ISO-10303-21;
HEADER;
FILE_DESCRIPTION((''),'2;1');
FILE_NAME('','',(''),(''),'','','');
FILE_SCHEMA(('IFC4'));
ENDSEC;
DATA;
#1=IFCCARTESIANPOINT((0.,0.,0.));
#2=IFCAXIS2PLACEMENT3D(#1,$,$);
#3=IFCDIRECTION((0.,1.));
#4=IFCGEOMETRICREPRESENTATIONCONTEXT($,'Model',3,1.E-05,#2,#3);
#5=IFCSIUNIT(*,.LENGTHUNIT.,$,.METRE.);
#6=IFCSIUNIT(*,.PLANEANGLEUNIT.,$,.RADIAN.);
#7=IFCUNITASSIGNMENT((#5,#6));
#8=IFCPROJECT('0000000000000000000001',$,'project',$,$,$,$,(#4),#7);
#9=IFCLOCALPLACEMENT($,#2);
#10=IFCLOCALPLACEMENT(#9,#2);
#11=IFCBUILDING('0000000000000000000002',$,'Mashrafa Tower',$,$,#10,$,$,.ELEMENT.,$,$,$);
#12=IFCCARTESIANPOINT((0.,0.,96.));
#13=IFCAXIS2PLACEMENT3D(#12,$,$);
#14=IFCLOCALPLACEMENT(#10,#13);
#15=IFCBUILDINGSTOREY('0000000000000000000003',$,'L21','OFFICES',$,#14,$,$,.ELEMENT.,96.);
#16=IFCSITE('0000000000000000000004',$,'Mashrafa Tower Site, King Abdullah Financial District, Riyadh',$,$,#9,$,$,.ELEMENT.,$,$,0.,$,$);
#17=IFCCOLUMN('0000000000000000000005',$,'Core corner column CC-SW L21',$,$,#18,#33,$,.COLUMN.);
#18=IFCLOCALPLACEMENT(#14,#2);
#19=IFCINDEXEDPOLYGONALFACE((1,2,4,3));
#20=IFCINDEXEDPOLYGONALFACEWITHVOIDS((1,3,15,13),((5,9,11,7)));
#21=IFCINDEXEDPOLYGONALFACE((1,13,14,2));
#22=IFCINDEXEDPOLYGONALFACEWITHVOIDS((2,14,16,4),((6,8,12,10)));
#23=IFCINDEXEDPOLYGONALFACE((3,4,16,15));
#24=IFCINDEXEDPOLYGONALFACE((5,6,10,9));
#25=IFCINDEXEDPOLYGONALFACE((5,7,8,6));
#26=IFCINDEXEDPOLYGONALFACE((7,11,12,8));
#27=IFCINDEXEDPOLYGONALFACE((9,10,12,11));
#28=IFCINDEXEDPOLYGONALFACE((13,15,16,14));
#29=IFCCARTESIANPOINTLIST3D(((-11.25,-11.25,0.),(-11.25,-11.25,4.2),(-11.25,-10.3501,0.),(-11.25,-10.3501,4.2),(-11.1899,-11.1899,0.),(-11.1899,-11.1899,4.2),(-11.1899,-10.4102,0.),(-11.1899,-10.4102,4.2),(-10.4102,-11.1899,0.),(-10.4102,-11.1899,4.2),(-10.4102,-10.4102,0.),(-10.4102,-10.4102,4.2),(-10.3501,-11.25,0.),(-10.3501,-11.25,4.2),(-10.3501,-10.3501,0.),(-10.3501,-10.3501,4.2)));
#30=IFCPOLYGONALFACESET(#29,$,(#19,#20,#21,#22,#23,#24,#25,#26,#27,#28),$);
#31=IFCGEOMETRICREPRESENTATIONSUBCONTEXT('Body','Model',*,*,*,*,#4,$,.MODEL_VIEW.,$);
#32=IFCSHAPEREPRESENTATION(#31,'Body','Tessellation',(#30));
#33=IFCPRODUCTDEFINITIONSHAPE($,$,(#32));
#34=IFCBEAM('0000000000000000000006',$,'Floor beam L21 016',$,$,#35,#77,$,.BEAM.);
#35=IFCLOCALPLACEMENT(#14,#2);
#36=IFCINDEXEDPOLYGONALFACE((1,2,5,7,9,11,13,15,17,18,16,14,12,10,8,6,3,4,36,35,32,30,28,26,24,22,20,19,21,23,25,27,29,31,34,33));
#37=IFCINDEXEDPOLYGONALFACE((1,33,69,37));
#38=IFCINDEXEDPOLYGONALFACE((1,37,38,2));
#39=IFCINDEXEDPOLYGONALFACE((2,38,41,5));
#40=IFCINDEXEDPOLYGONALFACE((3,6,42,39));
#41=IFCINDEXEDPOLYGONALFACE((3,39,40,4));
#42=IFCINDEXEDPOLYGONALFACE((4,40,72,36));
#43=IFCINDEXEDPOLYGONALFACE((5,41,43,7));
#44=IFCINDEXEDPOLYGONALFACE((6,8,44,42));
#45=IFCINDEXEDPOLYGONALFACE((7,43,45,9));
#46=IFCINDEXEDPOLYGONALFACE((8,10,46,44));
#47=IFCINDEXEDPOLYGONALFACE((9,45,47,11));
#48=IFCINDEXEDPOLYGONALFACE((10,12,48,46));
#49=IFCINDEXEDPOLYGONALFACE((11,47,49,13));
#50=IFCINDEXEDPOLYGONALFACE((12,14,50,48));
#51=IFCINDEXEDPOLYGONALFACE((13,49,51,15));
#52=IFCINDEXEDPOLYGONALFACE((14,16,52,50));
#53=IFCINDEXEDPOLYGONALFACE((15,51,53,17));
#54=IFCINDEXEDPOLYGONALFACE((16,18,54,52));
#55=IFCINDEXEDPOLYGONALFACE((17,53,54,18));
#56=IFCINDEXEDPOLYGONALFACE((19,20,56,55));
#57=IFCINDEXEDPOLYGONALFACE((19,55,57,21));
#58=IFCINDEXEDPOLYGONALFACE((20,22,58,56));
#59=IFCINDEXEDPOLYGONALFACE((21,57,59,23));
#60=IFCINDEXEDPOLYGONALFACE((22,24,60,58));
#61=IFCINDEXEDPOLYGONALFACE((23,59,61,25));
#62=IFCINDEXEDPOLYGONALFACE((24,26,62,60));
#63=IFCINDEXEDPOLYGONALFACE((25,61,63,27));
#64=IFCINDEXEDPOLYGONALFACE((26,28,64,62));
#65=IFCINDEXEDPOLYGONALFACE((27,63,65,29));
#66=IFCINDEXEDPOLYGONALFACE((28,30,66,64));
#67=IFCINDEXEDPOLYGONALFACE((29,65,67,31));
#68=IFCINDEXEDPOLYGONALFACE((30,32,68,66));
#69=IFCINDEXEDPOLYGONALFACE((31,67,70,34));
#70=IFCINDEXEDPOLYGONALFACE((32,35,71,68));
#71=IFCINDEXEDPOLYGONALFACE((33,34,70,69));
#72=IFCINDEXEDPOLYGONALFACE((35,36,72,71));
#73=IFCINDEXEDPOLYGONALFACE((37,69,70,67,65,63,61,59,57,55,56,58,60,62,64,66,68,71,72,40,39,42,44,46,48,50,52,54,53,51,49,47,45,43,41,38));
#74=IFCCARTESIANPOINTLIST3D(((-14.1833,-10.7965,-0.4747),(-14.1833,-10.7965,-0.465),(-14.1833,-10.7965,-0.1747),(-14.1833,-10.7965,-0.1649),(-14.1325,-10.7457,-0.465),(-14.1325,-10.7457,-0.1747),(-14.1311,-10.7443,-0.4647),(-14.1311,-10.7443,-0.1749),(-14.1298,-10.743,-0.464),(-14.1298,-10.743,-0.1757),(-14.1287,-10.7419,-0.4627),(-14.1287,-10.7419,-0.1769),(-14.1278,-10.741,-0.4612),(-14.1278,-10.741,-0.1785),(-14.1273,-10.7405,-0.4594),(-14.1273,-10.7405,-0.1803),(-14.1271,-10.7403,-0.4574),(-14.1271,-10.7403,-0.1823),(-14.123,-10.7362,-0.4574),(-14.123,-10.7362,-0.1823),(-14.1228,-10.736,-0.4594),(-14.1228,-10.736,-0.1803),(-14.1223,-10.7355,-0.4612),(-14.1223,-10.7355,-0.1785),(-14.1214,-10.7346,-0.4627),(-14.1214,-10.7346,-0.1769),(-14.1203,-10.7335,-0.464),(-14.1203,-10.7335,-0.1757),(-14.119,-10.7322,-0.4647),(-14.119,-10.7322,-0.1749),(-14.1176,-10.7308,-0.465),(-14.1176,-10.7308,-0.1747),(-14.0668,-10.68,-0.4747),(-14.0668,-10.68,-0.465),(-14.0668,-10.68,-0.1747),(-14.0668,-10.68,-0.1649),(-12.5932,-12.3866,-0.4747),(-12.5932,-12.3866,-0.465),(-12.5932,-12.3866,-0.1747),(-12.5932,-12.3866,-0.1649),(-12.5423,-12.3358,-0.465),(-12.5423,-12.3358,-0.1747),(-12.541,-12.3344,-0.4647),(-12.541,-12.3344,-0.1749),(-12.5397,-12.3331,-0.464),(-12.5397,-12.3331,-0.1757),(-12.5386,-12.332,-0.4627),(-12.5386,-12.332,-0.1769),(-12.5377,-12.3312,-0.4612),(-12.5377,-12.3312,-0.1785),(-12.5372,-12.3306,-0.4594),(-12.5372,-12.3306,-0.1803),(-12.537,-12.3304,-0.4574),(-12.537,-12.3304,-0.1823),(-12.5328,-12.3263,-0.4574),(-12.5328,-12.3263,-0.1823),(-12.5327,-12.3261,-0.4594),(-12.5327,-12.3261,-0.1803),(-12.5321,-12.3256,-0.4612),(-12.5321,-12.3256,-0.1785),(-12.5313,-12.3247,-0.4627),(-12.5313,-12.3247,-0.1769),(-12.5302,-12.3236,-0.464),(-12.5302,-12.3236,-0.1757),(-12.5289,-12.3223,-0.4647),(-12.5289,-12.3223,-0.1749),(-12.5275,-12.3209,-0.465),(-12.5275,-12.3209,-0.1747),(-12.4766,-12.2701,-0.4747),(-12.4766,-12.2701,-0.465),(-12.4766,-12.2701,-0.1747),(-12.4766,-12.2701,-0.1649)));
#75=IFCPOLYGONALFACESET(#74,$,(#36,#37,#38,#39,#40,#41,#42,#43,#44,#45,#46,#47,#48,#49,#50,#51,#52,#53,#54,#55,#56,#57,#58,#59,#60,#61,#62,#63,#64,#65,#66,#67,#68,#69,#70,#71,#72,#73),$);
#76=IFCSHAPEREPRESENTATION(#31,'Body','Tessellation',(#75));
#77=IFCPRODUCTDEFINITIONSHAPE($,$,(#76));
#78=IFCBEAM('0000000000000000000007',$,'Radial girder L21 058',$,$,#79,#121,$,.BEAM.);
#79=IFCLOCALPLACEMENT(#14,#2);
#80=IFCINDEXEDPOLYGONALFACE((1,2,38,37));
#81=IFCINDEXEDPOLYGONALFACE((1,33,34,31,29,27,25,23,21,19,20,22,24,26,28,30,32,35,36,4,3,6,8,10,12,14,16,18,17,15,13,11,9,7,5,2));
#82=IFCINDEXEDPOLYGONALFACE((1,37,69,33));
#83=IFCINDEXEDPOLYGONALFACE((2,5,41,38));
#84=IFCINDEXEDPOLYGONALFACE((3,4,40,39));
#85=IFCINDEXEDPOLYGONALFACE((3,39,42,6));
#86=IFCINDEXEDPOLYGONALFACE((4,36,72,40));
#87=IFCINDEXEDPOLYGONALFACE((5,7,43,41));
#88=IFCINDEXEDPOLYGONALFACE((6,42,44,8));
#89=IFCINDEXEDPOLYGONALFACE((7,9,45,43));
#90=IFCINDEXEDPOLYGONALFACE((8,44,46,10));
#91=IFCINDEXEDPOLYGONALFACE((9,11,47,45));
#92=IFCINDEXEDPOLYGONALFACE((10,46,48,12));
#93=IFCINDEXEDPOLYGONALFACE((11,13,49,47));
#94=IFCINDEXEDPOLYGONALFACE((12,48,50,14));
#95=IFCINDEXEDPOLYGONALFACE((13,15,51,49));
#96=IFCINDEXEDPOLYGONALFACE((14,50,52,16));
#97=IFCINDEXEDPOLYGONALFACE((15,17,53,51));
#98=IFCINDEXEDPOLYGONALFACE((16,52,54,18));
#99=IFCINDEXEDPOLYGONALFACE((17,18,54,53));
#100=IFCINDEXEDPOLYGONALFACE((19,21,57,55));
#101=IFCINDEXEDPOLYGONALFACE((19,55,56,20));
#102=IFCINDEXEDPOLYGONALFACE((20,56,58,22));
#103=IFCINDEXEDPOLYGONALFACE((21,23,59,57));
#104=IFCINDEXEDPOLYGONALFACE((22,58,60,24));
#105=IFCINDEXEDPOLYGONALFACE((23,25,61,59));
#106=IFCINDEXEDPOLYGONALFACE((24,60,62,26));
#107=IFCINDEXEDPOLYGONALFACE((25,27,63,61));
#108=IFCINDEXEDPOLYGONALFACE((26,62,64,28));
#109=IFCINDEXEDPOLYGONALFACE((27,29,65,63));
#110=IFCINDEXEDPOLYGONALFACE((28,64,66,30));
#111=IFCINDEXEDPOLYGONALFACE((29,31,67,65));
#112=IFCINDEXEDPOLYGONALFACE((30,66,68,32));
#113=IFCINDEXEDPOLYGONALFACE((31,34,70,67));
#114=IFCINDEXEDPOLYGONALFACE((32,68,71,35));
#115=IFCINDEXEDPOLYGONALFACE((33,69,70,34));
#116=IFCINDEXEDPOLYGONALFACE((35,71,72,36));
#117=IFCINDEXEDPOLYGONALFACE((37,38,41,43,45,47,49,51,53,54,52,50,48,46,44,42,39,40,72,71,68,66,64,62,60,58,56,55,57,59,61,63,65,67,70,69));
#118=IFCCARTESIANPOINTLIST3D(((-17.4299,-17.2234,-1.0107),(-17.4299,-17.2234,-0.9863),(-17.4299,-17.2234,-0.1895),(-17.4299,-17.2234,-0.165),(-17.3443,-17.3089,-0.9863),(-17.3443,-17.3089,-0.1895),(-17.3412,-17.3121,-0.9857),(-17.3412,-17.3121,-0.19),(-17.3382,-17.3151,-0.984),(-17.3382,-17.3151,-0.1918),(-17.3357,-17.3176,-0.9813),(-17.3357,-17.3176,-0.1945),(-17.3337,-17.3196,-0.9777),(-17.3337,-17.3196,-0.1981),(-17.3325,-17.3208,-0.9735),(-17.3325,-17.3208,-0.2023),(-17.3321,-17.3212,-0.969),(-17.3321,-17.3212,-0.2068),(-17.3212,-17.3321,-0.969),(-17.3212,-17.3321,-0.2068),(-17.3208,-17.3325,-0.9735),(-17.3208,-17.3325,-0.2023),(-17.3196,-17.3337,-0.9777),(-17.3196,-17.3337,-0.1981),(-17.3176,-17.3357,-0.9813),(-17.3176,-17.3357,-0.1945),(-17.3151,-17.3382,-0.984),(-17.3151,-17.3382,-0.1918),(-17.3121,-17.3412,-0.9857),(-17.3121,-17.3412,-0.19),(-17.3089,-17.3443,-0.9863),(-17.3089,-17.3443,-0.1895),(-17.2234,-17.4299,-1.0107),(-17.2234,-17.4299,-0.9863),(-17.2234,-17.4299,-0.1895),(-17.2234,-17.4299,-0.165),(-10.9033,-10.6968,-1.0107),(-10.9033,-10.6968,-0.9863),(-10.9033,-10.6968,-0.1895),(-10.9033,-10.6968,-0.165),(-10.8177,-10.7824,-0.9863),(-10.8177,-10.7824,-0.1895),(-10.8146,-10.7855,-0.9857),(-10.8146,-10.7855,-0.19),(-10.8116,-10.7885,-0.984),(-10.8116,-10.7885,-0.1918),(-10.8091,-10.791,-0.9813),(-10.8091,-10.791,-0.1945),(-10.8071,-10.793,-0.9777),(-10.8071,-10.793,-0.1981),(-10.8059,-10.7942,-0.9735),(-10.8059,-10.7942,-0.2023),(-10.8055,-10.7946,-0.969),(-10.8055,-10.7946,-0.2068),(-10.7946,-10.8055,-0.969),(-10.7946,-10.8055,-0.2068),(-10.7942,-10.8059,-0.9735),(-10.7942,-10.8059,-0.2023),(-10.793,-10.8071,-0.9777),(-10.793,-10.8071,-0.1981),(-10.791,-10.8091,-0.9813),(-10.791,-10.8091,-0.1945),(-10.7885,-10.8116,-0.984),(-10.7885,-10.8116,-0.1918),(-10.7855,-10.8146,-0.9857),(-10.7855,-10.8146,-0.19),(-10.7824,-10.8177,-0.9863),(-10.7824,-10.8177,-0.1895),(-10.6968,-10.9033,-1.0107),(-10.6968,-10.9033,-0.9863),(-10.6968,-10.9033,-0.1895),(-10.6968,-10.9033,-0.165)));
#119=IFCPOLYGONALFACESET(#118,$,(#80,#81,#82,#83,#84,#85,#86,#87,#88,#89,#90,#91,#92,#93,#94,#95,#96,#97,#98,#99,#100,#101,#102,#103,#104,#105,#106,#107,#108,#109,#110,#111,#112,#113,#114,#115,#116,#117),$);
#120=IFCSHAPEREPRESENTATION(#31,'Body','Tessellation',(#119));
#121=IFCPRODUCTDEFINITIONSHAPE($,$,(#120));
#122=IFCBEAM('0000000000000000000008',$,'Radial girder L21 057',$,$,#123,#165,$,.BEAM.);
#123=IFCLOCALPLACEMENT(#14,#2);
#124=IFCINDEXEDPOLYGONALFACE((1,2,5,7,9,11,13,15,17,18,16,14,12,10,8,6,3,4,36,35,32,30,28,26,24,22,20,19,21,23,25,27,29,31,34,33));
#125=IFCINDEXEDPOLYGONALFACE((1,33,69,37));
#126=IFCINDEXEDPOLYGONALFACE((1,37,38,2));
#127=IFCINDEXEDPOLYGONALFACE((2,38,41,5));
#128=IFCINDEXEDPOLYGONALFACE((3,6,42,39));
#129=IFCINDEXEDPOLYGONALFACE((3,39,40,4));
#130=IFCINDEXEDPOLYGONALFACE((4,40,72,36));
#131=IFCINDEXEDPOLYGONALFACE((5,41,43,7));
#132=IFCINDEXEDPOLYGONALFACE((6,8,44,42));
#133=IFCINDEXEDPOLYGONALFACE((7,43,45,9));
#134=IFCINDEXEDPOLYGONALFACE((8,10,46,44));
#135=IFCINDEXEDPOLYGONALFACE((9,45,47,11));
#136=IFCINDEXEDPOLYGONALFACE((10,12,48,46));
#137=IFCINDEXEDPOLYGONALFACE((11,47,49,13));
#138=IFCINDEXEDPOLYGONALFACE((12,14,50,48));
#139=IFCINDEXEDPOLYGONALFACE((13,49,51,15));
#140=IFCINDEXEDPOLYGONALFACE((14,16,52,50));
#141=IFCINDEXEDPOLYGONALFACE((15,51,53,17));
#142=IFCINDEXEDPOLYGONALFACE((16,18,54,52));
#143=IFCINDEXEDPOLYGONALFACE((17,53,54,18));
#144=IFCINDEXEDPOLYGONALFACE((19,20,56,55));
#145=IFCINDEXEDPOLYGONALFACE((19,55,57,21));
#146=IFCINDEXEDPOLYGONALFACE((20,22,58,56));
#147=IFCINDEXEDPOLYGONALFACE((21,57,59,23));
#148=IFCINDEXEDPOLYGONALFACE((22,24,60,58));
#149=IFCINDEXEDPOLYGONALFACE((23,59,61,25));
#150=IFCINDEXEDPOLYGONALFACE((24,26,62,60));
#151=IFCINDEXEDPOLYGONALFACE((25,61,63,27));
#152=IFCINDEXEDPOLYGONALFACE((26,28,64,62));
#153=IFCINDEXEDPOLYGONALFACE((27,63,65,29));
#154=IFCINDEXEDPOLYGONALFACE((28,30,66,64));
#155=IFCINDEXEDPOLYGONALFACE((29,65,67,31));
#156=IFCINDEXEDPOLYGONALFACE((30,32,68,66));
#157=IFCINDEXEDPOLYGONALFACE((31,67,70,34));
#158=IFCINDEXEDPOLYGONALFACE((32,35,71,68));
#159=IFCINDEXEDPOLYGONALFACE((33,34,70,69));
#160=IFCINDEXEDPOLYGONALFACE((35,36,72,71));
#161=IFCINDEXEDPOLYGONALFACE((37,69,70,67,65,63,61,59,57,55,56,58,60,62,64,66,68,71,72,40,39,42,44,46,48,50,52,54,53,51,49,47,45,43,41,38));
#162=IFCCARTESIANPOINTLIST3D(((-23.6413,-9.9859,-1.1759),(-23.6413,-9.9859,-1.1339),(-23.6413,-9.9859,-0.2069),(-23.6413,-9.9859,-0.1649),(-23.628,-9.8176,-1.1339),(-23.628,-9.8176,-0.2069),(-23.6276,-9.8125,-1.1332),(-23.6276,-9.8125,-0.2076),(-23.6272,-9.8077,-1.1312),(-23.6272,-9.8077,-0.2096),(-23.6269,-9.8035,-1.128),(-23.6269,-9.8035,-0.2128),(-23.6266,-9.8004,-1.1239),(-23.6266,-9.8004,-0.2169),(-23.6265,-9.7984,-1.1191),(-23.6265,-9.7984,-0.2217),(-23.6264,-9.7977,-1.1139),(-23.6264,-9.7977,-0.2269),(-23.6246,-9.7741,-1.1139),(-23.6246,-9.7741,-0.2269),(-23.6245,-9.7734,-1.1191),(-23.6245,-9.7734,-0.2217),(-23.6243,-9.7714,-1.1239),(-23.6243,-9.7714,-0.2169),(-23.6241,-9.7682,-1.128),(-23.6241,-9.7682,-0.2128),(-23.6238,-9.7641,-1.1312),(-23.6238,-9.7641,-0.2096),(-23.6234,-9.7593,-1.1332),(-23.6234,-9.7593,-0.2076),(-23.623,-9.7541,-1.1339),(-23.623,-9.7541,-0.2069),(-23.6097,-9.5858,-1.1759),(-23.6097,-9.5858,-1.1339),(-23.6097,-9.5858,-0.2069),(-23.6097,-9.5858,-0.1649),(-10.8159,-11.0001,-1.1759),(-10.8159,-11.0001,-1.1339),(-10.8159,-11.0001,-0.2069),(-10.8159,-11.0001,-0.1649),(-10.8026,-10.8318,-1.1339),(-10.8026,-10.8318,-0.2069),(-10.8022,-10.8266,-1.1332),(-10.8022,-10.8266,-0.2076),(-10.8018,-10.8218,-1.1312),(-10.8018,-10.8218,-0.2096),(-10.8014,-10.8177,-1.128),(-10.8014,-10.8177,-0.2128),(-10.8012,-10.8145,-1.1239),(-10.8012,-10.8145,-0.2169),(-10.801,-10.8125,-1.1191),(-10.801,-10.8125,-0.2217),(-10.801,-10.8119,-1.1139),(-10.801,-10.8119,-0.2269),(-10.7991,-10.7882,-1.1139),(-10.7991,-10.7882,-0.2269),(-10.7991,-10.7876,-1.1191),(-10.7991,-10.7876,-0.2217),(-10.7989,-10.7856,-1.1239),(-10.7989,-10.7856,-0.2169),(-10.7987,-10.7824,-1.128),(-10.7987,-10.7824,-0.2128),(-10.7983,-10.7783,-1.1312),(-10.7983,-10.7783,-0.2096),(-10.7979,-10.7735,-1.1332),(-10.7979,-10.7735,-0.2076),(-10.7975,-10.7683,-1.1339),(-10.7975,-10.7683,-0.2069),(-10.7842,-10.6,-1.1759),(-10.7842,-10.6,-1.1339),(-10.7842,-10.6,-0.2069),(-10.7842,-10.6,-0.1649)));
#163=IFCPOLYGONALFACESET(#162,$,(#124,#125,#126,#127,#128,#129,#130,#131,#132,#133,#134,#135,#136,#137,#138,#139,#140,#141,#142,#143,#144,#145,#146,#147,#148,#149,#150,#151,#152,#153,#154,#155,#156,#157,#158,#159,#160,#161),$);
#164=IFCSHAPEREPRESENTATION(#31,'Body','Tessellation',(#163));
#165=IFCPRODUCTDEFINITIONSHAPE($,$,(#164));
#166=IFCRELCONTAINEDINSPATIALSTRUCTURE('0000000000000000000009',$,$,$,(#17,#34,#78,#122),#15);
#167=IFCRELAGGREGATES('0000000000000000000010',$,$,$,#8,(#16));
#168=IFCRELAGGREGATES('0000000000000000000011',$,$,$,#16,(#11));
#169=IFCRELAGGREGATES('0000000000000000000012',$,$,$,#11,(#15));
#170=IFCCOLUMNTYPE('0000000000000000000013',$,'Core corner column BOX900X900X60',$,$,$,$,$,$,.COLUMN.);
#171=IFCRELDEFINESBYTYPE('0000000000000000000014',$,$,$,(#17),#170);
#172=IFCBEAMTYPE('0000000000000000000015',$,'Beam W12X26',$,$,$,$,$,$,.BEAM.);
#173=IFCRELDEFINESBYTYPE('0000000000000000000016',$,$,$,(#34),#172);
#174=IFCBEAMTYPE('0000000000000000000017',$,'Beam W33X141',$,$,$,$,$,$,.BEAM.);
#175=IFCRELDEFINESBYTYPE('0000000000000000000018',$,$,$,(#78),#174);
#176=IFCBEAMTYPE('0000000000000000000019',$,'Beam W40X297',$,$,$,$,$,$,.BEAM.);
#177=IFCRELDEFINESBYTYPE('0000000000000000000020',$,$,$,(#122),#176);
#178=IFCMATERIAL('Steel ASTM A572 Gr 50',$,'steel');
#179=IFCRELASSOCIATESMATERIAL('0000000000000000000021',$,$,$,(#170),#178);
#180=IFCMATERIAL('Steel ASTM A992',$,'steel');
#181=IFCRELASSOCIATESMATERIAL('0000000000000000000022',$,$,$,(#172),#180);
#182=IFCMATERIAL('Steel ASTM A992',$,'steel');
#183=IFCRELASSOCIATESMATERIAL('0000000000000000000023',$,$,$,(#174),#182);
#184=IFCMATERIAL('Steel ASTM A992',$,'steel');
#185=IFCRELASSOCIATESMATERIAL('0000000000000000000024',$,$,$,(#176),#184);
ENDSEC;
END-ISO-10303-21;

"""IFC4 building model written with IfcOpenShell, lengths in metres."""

from ifc_helpers import new_model, si_unit, direction, frame, origin, origin_2d, place, context, subcontext, project, spatial, hollow_rectangle, i_section, extrude, material, material_profile, profile_set, type_object, element, save


model = new_model("IFC4")

# Units and contexts
model_context = context("Model", 3, precision=1e-05, world=origin(), true_north=direction((0.0, 1.0)))
body_context = subcontext(model_context, "Body", "Model", "MODEL_VIEW")
ifc_project = project(units=[si_unit("LENGTHUNIT", "METRE"), si_unit("PLANEANGLEUNIT", "RADIAN")], contexts=[model_context])

# Site, building, storey
site_placement = place(None, origin())
site = spatial("IfcSite", under=ifc_project, at=site_placement, Name="Mashrafa Tower Site, King Abdullah Financial District, Riyadh", CompositionType="ELEMENT", RefElevation=0.0)
building_placement = place(site_placement, origin())
building = spatial("IfcBuilding", under=site, at=building_placement, Name="Mashrafa Tower", CompositionType="ELEMENT")
storey_placement = place(building_placement, frame((0.0, 0.0, 96.0)))
storey = spatial("IfcBuildingStorey", under=building, at=storey_placement, Name="L21", Description="OFFICES", CompositionType="ELEMENT", Elevation=96.0)

# Column
ifc_material_1 = material(Name="Steel ASTM A572 Gr 50", Category="steel")
ifc_material_profile_1 = material_profile(ifc_material_1, hollow_rectangle(XDim=0.8999, YDim=0.8999, WallThickness=0.0601, at=origin_2d()), Name="BOX900X900X60")
ifc_profile_set_1 = profile_set([ifc_material_profile_1], Name="Steel ASTM A572 Gr 50")
column_type = type_object("IfcColumnType", Name="Core corner column BOX900X900X60", PredefinedType="COLUMN", material=ifc_profile_set_1)
column_placement = place(storey_placement, frame((-10.8, -10.8, 0.0), z_axis=(0.0, 0.0, 1.0), x_axis=(1.0, 0.0, 0.0)))
element("IfcColumn", 1, at=column_placement, inside=storey, type_object=column_type, Name="Core corner column CC-SW L21", PredefinedType="COLUMN", context=body_context, shape_type="SweptSolid", body=[
    extrude(hollow_rectangle(XDim=0.8999, YDim=0.8999, WallThickness=0.0601, at=origin_2d()), origin(), (0.0, 0.0, 1.0), 4.2),
])

# Beams
ifc_material_2 = material(Name="Steel ASTM A992", Category="steel")
ifc_material_profile_2 = material_profile(ifc_material_2, i_section(OverallWidth=0.1648, OverallDepth=0.3098, WebThickness=0.0059, FlangeThickness=0.0098, FilletRadius=0.0076, at=origin_2d()), Name="W12X26")
ifc_profile_set_2 = profile_set([ifc_material_profile_2], Name="Steel ASTM A992")
beam_type_1 = type_object("IfcBeamType", Name="Beam W12X26", PredefinedType="BEAM", material=ifc_profile_set_2)
beam_1_placement = place(storey_placement, frame((-12.5349, -12.3284, -0.3198), z_axis=(-0.707107, 0.707107, 0.0), x_axis=(-0.707107, -0.707107, 0.0)))
element("IfcBeam", 2, at=beam_1_placement, inside=storey, type_object=beam_type_1, Name="Floor beam L21 016", PredefinedType="BEAM", context=body_context, shape_type="SweptSolid", body=[
    extrude(i_section(OverallWidth=0.1648, OverallDepth=0.3098, WebThickness=0.0059, FlangeThickness=0.0098, FilletRadius=0.0076, at=origin_2d()), origin(), (0.0, 0.0, 1.0), 2.2488),
])
ifc_material_3 = material(Name="Steel ASTM A992", Category="steel")
ifc_material_profile_3 = material_profile(ifc_material_3, i_section(OverallWidth=0.292, OverallDepth=0.8457, WebThickness=0.0154, FlangeThickness=0.0244, FilletRadius=0.0173, at=origin_2d()), Name="W33X141")
ifc_profile_set_3 = profile_set([ifc_material_profile_3], Name="Steel ASTM A992")
beam_type_2 = type_object("IfcBeamType", Name="Beam W33X141", PredefinedType="BEAM", material=ifc_profile_set_3)
beam_2_placement = place(storey_placement, frame((-10.8, -10.8, -0.5879), z_axis=(-0.707107, -0.707107, 0.0), x_axis=(0.707107, -0.707107, 0.0)))
element("IfcBeam", 3, at=beam_2_placement, inside=storey, type_object=beam_type_2, Name="Radial girder L21 058", PredefinedType="BEAM", context=body_context, shape_type="SweptSolid", body=[
    extrude(i_section(OverallWidth=0.292, OverallDepth=0.8457, WebThickness=0.0154, FlangeThickness=0.0244, FilletRadius=0.0173, at=origin_2d()), origin(), (0.0, 0.0, 1.0), 9.23),
])
ifc_material_4 = material(Name="Steel ASTM A992", Category="steel")
ifc_material_profile_4 = material_profile(ifc_material_4, i_section(OverallWidth=0.4014, OverallDepth=1.011, WebThickness=0.0237, FlangeThickness=0.042, FilletRadius=0.02, at=origin_2d()), Name="W40X297")
ifc_profile_set_4 = profile_set([ifc_material_profile_4], Name="Steel ASTM A992")
beam_type_3 = type_object("IfcBeamType", Name="Beam W40X297", PredefinedType="BEAM", material=ifc_profile_set_4)
beam_3_placement = place(storey_placement, frame((-10.8, -10.8, -0.6704), z_axis=(-0.996888, 0.078828, 0.0), x_axis=(-0.078828, -0.996888, 0.0)))
element("IfcBeam", 4, at=beam_3_placement, inside=storey, type_object=beam_type_3, Name="Radial girder L21 057", PredefinedType="BEAM", context=body_context, shape_type="SweptSolid", body=[
    extrude(i_section(OverallWidth=0.4014, OverallDepth=1.011, WebThickness=0.0237, FlangeThickness=0.042, FilletRadius=0.02, at=origin_2d()), origin(), (0.0, 0.0, 1.0), 12.8655),
])

save(model, "model.ifc")
